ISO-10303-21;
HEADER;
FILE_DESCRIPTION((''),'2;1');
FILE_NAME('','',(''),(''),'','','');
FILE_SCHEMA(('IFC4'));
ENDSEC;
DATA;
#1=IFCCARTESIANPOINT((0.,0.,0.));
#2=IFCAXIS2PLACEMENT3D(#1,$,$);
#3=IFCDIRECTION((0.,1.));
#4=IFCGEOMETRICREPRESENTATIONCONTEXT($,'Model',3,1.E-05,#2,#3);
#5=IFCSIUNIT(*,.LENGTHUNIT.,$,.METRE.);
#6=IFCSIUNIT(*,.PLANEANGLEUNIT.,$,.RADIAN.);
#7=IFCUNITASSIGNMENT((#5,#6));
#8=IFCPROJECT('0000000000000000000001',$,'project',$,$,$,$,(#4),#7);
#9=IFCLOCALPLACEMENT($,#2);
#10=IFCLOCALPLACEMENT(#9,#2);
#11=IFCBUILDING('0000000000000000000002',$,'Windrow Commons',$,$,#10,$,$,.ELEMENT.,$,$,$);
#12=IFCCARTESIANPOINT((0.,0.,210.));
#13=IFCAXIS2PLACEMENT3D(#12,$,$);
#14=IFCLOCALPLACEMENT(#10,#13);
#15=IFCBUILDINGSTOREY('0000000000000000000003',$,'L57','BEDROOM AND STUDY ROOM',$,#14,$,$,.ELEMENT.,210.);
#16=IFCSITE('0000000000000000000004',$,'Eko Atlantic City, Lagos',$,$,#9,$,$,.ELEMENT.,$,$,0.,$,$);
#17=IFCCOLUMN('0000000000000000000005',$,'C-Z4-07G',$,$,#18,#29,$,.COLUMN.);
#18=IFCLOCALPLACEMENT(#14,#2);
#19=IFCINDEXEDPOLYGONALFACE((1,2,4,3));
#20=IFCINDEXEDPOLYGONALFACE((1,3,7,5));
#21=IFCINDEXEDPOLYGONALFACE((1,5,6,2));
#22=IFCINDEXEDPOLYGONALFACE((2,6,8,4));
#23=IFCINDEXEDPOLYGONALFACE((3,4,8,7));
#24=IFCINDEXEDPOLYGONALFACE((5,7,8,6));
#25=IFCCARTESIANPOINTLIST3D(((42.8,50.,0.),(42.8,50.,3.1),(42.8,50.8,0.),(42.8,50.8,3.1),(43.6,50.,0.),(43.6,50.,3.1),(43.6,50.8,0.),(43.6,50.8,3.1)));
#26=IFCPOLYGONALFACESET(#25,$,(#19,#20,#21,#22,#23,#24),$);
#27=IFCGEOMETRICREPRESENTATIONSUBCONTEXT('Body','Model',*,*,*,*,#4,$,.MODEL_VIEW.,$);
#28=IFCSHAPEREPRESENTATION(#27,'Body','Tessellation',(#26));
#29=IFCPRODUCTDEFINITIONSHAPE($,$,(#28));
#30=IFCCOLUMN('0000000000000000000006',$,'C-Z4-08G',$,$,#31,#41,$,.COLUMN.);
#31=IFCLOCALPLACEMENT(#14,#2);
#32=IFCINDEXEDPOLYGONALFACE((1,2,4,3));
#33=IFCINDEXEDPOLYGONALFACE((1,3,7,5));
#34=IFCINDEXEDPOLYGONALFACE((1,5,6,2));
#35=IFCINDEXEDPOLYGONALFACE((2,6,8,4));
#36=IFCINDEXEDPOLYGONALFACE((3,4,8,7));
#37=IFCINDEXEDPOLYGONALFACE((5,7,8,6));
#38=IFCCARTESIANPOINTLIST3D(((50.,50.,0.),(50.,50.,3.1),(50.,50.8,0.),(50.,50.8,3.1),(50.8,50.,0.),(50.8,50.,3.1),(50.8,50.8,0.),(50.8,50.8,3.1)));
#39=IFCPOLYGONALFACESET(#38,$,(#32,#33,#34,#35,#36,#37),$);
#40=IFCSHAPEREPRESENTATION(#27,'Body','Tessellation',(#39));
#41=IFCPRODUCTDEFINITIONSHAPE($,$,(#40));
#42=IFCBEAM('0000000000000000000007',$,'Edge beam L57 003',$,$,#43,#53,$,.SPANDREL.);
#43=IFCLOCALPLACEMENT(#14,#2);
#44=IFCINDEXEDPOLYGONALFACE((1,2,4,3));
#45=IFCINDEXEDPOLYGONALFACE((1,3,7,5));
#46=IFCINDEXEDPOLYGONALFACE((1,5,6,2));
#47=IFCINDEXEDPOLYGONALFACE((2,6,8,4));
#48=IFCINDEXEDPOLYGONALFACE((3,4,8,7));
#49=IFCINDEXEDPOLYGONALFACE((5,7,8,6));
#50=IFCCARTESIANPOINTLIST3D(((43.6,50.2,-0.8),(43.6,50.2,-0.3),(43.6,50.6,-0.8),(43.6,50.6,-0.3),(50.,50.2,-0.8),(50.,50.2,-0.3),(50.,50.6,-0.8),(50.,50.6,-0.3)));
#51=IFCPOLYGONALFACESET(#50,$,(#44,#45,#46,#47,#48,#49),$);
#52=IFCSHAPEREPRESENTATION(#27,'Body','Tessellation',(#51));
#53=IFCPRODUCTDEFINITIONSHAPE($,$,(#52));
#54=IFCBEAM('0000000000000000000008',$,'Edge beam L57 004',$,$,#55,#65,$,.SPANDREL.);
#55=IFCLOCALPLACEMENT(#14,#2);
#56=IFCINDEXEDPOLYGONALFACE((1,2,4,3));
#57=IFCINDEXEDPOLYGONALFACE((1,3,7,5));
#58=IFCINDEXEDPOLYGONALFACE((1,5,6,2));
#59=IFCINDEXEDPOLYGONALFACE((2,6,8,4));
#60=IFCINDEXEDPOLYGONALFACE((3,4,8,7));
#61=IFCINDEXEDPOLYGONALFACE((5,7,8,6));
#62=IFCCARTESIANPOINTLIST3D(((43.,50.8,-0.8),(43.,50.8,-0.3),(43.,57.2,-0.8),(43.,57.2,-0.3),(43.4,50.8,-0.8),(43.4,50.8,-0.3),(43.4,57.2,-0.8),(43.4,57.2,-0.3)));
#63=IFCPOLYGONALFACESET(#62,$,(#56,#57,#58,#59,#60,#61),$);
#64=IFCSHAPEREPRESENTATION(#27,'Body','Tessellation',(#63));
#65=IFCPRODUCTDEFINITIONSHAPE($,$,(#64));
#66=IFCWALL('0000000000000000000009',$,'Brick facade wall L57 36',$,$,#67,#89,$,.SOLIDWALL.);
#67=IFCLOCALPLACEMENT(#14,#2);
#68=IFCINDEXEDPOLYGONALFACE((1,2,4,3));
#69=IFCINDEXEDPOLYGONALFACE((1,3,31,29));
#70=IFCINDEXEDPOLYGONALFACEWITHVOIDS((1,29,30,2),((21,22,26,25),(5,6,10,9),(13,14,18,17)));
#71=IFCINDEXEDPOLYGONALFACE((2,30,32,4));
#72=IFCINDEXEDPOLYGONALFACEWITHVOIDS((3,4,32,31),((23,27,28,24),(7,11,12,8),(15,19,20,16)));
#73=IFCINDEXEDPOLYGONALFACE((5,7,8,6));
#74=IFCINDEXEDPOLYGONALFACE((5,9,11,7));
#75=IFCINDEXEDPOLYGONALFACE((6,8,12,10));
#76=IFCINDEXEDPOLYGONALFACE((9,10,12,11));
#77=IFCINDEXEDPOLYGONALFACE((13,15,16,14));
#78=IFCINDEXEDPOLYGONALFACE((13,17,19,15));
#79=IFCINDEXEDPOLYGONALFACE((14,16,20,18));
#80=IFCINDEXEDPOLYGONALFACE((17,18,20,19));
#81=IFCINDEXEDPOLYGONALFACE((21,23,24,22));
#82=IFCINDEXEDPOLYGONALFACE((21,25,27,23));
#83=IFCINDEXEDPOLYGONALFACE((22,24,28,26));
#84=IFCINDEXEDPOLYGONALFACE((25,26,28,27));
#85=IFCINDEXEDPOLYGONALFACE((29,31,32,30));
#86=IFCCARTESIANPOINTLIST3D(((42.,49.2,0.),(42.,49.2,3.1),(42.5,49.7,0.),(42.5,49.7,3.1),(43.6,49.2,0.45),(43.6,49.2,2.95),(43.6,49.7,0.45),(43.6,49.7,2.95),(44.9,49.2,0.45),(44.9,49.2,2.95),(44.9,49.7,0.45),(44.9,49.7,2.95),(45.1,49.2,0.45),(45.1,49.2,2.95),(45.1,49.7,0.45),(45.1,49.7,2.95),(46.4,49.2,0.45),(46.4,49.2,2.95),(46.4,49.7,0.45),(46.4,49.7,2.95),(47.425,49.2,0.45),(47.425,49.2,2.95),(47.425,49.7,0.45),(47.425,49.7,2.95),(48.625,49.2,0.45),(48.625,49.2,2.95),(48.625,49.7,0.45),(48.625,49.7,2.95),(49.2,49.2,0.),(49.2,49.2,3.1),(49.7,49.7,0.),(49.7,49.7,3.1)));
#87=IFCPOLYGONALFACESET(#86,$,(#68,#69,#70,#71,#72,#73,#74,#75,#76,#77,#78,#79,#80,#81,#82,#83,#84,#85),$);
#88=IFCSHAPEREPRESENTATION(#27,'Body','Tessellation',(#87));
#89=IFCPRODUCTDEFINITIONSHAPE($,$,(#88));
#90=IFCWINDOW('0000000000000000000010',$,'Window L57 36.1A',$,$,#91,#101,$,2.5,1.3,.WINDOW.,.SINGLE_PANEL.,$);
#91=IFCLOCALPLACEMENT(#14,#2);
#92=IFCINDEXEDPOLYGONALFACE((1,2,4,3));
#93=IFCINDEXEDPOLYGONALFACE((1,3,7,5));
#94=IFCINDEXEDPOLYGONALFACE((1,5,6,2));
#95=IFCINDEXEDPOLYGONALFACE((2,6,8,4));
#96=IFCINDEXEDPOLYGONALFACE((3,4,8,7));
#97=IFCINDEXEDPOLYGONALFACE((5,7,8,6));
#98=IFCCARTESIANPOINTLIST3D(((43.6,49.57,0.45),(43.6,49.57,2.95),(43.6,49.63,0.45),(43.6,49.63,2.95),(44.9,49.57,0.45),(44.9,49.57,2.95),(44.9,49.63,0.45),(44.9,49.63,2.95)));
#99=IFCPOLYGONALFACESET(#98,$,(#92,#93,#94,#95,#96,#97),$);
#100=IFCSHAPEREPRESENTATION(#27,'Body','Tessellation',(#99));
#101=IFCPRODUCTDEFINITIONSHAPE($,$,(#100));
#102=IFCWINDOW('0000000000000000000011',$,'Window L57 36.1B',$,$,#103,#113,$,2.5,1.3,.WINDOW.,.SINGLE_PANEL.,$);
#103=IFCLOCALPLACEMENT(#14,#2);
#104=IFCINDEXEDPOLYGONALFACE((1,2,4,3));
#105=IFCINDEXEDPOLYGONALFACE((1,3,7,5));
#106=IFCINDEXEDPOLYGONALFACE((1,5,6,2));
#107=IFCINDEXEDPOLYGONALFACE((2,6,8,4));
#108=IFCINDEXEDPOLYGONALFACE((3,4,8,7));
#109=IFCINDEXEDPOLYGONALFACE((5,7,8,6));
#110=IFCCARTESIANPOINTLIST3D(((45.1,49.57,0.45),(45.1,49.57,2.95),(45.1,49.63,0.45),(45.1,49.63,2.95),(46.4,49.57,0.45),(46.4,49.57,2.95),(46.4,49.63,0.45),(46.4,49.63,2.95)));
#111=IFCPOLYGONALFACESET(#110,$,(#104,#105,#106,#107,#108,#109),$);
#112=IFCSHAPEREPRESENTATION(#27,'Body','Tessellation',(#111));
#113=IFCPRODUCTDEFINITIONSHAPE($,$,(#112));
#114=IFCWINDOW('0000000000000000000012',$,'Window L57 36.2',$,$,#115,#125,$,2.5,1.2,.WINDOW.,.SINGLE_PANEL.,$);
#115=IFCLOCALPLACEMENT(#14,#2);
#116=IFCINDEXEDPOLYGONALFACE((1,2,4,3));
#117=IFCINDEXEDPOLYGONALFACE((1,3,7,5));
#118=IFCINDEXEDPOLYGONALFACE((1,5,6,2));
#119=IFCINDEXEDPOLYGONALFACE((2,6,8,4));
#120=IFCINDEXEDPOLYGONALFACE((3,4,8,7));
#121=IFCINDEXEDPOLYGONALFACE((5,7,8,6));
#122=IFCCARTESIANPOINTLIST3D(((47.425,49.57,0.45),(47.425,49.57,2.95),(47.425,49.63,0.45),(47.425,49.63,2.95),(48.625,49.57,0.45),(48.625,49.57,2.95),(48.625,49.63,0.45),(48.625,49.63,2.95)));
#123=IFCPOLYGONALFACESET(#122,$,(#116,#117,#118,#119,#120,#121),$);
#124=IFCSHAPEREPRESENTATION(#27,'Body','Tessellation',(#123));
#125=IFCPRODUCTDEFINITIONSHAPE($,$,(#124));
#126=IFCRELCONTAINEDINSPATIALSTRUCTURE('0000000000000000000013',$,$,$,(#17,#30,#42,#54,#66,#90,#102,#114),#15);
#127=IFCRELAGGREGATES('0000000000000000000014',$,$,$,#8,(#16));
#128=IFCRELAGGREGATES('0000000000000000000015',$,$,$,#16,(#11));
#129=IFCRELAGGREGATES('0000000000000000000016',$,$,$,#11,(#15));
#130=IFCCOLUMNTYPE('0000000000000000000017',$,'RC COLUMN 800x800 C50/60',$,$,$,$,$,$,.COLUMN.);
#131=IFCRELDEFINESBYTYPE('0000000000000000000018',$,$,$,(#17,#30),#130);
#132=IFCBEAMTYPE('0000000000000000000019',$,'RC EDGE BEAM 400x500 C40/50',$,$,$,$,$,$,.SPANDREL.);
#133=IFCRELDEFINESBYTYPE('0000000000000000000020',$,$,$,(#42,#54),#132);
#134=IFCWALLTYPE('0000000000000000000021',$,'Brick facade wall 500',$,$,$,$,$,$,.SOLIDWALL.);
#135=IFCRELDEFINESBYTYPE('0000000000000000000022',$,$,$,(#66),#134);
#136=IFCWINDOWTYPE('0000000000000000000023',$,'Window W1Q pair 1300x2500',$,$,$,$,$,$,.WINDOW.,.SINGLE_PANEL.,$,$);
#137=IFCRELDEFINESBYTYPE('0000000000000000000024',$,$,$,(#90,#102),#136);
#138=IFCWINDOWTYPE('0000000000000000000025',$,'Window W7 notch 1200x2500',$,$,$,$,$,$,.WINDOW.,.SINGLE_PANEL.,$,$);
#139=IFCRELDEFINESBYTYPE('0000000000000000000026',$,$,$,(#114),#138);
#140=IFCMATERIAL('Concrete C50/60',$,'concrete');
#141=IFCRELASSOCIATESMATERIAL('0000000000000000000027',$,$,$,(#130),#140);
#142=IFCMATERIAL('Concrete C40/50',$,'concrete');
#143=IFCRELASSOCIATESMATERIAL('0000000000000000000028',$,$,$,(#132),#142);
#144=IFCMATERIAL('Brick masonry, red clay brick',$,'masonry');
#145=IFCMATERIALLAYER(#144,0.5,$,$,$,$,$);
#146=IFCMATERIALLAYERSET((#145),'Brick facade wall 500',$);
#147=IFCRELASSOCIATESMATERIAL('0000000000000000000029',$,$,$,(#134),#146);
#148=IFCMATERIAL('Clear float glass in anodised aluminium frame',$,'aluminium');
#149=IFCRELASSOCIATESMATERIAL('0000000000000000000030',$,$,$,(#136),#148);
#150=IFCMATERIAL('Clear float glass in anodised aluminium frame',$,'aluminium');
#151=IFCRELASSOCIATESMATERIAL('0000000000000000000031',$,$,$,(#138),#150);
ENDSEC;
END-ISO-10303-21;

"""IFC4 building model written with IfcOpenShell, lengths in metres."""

from ifc_helpers import new_model, si_unit, direction, frame, frame_2d, origin, origin_2d, place, context, subcontext, project, spatial, polyline, rectangle, outline, extrude, material, layer, layer_set, material_profile, profile_set, type_object, element, fill, save


model = new_model("IFC4")

# Units and contexts
model_context = context("Model", 3, precision=1e-05, world=origin(), true_north=direction((0.0, 1.0)))
body_context = subcontext(model_context, "Body", "Model", "MODEL_VIEW")
ifc_project = project(units=[si_unit("LENGTHUNIT", "METRE"), si_unit("PLANEANGLEUNIT", "RADIAN")], contexts=[model_context])

# Site, building, storey
site_placement = place(None, origin())
site = spatial("IfcSite", under=ifc_project, at=site_placement, Name="Eko Atlantic City, Lagos", CompositionType="ELEMENT", RefElevation=0.0)
building_placement = place(site_placement, origin())
building = spatial("IfcBuilding", under=site, at=building_placement, Name="Windrow Commons", CompositionType="ELEMENT")
storey_placement = place(building_placement, frame((0.0, 0.0, 210.0)))
storey = spatial("IfcBuildingStorey", under=building, at=storey_placement, Name="L57", Description="BEDROOM AND STUDY ROOM", CompositionType="ELEMENT", Elevation=210.0)

# Columns
ifc_material_1 = material(Name="Concrete C50/60", Category="concrete")
ifc_material_profile_1 = material_profile(ifc_material_1, rectangle(XDim=0.8, YDim=0.8, at=origin_2d()))
ifc_profile_set_1 = profile_set([ifc_material_profile_1], Name="Concrete C50/60")
column_type = type_object("IfcColumnType", Name="RC COLUMN 800x800 C50/60", PredefinedType="COLUMN", material=ifc_profile_set_1)
for number, where, z_axis, x_axis, name in (
    (1, (43.2, 50.4, 0.0), (0.0, 0.0, 1.0), (1.0, 0.0, 0.0), "C-Z4-07G"),
    (2, (50.4, 50.4, 0.0), (0.0, 0.0, 1.0), (1.0, 0.0, 0.0), "C-Z4-08G"),
):
    element("IfcColumn", number, at=place(storey_placement, frame(where, z_axis=z_axis, x_axis=x_axis)), inside=storey, type_object=column_type, Name=name, PredefinedType="COLUMN", context=body_context, shape_type="SweptSolid", body=[
        extrude(rectangle(XDim=0.8, YDim=0.8, at=origin_2d()), origin(), (0.0, 0.0, 1.0), 3.1),
    ])

# Beams
ifc_material_2 = material(Name="Concrete C40/50", Category="concrete")
ifc_material_profile_2 = material_profile(ifc_material_2, rectangle(XDim=0.4, YDim=0.5, at=origin_2d()))
ifc_profile_set_2 = profile_set([ifc_material_profile_2], Name="Concrete C40/50")
beam_type = type_object("IfcBeamType", Name="RC EDGE BEAM 400x500 C40/50", PredefinedType="SPANDREL", material=ifc_profile_set_2)
for number, where, z_axis, x_axis, name in (
    (3, (50.0, 50.4, -0.55), (-1.0, 0.0, 0.0), (0.0, -1.0, 0.0), "Edge beam L57 003"),
    (4, (43.2, 50.8, -0.55), (0.0, 1.0, 0.0), (-1.0, 0.0, 0.0), "Edge beam L57 004"),
):
    element("IfcBeam", number, at=place(storey_placement, frame(where, z_axis=z_axis, x_axis=x_axis)), inside=storey, type_object=beam_type, Name=name, PredefinedType="SPANDREL", context=body_context, shape_type="SweptSolid", body=[
        extrude(rectangle(XDim=0.4, YDim=0.5, at=origin_2d()), origin(), (0.0, 0.0, 1.0), 6.4),
    ])

# Wall, openings, windows
ifc_material_3 = material(Name="Brick masonry, red clay brick", Category="masonry")
ifc_layer_1 = layer(ifc_material_3, 0.5)
ifc_layer_set_1 = layer_set([ifc_layer_1], Name="Brick facade wall 500")
wall_type_1 = type_object("IfcWallType", Name="Brick facade wall 500", PredefinedType="SOLIDWALL", material=ifc_layer_set_1)
wall_1_placement = place(storey_placement, frame((42.25, 49.45, 0.0), z_axis=(0.0, 0.0, 1.0), x_axis=(1.0, 0.0, 0.0)))
wall_1 = element("IfcWall", 5, at=wall_1_placement, inside=storey, type_object=wall_type_1, Name="Brick facade wall L57 36", PredefinedType="SOLIDWALL", context=body_context, shape_type="SweptSolid", body=[
    extrude(outline(polyline([(-0.25, -0.25), (6.95, -0.25), (7.45, 0.25), (0.25, 0.25), (-0.25, -0.25)])), origin(), (0.0, 0.0, 1.0), 3.1),
])
opening_1_placement = place(wall_1_placement, frame((1.35, 0.0, 0.45)))
opening_1 = element("IfcOpeningElement", 6, at=opening_1_placement, cuts=wall_1, PredefinedType="OPENING", context=body_context, shape_type="SweptSolid", body=[
    extrude(rectangle(XDim=1.3, YDim=2.5, at=frame_2d((0.65, 1.25))), frame((0.0, 0.26, 0.0), z_axis=(0.0, -1.0, 0.0), x_axis=(1.0, 0.0, 0.0)), (0.0, 0.0, 1.0), 0.52),
])
opening_2_placement = place(wall_1_placement, frame((2.85, 0.0, 0.45)))
opening_2 = element("IfcOpeningElement", 7, at=opening_2_placement, cuts=wall_1, PredefinedType="OPENING", context=body_context, shape_type="SweptSolid", body=[
    extrude(rectangle(XDim=1.3, YDim=2.5, at=frame_2d((0.65, 1.25))), frame((0.0, 0.26, 0.0), z_axis=(0.0, -1.0, 0.0), x_axis=(1.0, 0.0, 0.0)), (0.0, 0.0, 1.0), 0.52),
])
opening_3_placement = place(wall_1_placement, frame((5.175, 0.0, 0.45)))
opening_3 = element("IfcOpeningElement", 8, at=opening_3_placement, cuts=wall_1, PredefinedType="OPENING", context=body_context, shape_type="SweptSolid", body=[
    extrude(rectangle(XDim=1.2, YDim=2.5, at=frame_2d((0.6, 1.25))), frame((0.0, 0.26, 0.0), z_axis=(0.0, -1.0, 0.0), x_axis=(1.0, 0.0, 0.0)), (0.0, 0.0, 1.0), 0.52),
])
ifc_material_4 = material(Name="Clear float glass in anodised aluminium frame", Category="aluminium")
window_type_1 = type_object("IfcWindowType", Name="Window W1Q pair 1300x2500", PartitioningType="SINGLE_PANEL", PredefinedType="WINDOW", material=ifc_material_4)
window_1_placement = place(opening_1_placement, origin())
window_1 = element("IfcWindow", 9, at=window_1_placement, inside=storey, type_object=window_type_1, Name="Window L57 36.1A", OverallHeight=2.5, OverallWidth=1.3, PartitioningType="SINGLE_PANEL", PredefinedType="WINDOW", context=body_context, shape_type="SweptSolid", body=[
    extrude(rectangle(XDim=1.3, YDim=2.5, at=frame_2d((0.65, 1.25))), frame((0.0, 0.18, 0.0), z_axis=(0.0, -1.0, 0.0), x_axis=(1.0, 0.0, 0.0)), (0.0, 0.0, 1.0), 0.06),
])
fill(opening_1, window_1)
window_2_placement = place(opening_2_placement, origin())
window_2 = element("IfcWindow", 10, at=window_2_placement, inside=storey, type_object=window_type_1, Name="Window L57 36.1B", OverallHeight=2.5, OverallWidth=1.3, PartitioningType="SINGLE_PANEL", PredefinedType="WINDOW", context=body_context, shape_type="SweptSolid", body=[
    extrude(rectangle(XDim=1.3, YDim=2.5, at=frame_2d((0.65, 1.25))), frame((0.0, 0.18, 0.0), z_axis=(0.0, -1.0, 0.0), x_axis=(1.0, 0.0, 0.0)), (0.0, 0.0, 1.0), 0.06),
])
fill(opening_2, window_2)
ifc_material_5 = material(Name="Clear float glass in anodised aluminium frame", Category="aluminium")
window_type_2 = type_object("IfcWindowType", Name="Window W7 notch 1200x2500", PartitioningType="SINGLE_PANEL", PredefinedType="WINDOW", material=ifc_material_5)
window_3_placement = place(opening_3_placement, origin())
window_3 = element("IfcWindow", 11, at=window_3_placement, inside=storey, type_object=window_type_2, Name="Window L57 36.2", OverallHeight=2.5, OverallWidth=1.2, PartitioningType="SINGLE_PANEL", PredefinedType="WINDOW", context=body_context, shape_type="SweptSolid", body=[
    extrude(rectangle(XDim=1.2, YDim=2.5, at=frame_2d((0.6, 1.25))), frame((0.0, 0.18, 0.0), z_axis=(0.0, -1.0, 0.0), x_axis=(1.0, 0.0, 0.0)), (0.0, 0.0, 1.0), 0.06),
])
fill(opening_3, window_3)

save(model, "model.ifc")
